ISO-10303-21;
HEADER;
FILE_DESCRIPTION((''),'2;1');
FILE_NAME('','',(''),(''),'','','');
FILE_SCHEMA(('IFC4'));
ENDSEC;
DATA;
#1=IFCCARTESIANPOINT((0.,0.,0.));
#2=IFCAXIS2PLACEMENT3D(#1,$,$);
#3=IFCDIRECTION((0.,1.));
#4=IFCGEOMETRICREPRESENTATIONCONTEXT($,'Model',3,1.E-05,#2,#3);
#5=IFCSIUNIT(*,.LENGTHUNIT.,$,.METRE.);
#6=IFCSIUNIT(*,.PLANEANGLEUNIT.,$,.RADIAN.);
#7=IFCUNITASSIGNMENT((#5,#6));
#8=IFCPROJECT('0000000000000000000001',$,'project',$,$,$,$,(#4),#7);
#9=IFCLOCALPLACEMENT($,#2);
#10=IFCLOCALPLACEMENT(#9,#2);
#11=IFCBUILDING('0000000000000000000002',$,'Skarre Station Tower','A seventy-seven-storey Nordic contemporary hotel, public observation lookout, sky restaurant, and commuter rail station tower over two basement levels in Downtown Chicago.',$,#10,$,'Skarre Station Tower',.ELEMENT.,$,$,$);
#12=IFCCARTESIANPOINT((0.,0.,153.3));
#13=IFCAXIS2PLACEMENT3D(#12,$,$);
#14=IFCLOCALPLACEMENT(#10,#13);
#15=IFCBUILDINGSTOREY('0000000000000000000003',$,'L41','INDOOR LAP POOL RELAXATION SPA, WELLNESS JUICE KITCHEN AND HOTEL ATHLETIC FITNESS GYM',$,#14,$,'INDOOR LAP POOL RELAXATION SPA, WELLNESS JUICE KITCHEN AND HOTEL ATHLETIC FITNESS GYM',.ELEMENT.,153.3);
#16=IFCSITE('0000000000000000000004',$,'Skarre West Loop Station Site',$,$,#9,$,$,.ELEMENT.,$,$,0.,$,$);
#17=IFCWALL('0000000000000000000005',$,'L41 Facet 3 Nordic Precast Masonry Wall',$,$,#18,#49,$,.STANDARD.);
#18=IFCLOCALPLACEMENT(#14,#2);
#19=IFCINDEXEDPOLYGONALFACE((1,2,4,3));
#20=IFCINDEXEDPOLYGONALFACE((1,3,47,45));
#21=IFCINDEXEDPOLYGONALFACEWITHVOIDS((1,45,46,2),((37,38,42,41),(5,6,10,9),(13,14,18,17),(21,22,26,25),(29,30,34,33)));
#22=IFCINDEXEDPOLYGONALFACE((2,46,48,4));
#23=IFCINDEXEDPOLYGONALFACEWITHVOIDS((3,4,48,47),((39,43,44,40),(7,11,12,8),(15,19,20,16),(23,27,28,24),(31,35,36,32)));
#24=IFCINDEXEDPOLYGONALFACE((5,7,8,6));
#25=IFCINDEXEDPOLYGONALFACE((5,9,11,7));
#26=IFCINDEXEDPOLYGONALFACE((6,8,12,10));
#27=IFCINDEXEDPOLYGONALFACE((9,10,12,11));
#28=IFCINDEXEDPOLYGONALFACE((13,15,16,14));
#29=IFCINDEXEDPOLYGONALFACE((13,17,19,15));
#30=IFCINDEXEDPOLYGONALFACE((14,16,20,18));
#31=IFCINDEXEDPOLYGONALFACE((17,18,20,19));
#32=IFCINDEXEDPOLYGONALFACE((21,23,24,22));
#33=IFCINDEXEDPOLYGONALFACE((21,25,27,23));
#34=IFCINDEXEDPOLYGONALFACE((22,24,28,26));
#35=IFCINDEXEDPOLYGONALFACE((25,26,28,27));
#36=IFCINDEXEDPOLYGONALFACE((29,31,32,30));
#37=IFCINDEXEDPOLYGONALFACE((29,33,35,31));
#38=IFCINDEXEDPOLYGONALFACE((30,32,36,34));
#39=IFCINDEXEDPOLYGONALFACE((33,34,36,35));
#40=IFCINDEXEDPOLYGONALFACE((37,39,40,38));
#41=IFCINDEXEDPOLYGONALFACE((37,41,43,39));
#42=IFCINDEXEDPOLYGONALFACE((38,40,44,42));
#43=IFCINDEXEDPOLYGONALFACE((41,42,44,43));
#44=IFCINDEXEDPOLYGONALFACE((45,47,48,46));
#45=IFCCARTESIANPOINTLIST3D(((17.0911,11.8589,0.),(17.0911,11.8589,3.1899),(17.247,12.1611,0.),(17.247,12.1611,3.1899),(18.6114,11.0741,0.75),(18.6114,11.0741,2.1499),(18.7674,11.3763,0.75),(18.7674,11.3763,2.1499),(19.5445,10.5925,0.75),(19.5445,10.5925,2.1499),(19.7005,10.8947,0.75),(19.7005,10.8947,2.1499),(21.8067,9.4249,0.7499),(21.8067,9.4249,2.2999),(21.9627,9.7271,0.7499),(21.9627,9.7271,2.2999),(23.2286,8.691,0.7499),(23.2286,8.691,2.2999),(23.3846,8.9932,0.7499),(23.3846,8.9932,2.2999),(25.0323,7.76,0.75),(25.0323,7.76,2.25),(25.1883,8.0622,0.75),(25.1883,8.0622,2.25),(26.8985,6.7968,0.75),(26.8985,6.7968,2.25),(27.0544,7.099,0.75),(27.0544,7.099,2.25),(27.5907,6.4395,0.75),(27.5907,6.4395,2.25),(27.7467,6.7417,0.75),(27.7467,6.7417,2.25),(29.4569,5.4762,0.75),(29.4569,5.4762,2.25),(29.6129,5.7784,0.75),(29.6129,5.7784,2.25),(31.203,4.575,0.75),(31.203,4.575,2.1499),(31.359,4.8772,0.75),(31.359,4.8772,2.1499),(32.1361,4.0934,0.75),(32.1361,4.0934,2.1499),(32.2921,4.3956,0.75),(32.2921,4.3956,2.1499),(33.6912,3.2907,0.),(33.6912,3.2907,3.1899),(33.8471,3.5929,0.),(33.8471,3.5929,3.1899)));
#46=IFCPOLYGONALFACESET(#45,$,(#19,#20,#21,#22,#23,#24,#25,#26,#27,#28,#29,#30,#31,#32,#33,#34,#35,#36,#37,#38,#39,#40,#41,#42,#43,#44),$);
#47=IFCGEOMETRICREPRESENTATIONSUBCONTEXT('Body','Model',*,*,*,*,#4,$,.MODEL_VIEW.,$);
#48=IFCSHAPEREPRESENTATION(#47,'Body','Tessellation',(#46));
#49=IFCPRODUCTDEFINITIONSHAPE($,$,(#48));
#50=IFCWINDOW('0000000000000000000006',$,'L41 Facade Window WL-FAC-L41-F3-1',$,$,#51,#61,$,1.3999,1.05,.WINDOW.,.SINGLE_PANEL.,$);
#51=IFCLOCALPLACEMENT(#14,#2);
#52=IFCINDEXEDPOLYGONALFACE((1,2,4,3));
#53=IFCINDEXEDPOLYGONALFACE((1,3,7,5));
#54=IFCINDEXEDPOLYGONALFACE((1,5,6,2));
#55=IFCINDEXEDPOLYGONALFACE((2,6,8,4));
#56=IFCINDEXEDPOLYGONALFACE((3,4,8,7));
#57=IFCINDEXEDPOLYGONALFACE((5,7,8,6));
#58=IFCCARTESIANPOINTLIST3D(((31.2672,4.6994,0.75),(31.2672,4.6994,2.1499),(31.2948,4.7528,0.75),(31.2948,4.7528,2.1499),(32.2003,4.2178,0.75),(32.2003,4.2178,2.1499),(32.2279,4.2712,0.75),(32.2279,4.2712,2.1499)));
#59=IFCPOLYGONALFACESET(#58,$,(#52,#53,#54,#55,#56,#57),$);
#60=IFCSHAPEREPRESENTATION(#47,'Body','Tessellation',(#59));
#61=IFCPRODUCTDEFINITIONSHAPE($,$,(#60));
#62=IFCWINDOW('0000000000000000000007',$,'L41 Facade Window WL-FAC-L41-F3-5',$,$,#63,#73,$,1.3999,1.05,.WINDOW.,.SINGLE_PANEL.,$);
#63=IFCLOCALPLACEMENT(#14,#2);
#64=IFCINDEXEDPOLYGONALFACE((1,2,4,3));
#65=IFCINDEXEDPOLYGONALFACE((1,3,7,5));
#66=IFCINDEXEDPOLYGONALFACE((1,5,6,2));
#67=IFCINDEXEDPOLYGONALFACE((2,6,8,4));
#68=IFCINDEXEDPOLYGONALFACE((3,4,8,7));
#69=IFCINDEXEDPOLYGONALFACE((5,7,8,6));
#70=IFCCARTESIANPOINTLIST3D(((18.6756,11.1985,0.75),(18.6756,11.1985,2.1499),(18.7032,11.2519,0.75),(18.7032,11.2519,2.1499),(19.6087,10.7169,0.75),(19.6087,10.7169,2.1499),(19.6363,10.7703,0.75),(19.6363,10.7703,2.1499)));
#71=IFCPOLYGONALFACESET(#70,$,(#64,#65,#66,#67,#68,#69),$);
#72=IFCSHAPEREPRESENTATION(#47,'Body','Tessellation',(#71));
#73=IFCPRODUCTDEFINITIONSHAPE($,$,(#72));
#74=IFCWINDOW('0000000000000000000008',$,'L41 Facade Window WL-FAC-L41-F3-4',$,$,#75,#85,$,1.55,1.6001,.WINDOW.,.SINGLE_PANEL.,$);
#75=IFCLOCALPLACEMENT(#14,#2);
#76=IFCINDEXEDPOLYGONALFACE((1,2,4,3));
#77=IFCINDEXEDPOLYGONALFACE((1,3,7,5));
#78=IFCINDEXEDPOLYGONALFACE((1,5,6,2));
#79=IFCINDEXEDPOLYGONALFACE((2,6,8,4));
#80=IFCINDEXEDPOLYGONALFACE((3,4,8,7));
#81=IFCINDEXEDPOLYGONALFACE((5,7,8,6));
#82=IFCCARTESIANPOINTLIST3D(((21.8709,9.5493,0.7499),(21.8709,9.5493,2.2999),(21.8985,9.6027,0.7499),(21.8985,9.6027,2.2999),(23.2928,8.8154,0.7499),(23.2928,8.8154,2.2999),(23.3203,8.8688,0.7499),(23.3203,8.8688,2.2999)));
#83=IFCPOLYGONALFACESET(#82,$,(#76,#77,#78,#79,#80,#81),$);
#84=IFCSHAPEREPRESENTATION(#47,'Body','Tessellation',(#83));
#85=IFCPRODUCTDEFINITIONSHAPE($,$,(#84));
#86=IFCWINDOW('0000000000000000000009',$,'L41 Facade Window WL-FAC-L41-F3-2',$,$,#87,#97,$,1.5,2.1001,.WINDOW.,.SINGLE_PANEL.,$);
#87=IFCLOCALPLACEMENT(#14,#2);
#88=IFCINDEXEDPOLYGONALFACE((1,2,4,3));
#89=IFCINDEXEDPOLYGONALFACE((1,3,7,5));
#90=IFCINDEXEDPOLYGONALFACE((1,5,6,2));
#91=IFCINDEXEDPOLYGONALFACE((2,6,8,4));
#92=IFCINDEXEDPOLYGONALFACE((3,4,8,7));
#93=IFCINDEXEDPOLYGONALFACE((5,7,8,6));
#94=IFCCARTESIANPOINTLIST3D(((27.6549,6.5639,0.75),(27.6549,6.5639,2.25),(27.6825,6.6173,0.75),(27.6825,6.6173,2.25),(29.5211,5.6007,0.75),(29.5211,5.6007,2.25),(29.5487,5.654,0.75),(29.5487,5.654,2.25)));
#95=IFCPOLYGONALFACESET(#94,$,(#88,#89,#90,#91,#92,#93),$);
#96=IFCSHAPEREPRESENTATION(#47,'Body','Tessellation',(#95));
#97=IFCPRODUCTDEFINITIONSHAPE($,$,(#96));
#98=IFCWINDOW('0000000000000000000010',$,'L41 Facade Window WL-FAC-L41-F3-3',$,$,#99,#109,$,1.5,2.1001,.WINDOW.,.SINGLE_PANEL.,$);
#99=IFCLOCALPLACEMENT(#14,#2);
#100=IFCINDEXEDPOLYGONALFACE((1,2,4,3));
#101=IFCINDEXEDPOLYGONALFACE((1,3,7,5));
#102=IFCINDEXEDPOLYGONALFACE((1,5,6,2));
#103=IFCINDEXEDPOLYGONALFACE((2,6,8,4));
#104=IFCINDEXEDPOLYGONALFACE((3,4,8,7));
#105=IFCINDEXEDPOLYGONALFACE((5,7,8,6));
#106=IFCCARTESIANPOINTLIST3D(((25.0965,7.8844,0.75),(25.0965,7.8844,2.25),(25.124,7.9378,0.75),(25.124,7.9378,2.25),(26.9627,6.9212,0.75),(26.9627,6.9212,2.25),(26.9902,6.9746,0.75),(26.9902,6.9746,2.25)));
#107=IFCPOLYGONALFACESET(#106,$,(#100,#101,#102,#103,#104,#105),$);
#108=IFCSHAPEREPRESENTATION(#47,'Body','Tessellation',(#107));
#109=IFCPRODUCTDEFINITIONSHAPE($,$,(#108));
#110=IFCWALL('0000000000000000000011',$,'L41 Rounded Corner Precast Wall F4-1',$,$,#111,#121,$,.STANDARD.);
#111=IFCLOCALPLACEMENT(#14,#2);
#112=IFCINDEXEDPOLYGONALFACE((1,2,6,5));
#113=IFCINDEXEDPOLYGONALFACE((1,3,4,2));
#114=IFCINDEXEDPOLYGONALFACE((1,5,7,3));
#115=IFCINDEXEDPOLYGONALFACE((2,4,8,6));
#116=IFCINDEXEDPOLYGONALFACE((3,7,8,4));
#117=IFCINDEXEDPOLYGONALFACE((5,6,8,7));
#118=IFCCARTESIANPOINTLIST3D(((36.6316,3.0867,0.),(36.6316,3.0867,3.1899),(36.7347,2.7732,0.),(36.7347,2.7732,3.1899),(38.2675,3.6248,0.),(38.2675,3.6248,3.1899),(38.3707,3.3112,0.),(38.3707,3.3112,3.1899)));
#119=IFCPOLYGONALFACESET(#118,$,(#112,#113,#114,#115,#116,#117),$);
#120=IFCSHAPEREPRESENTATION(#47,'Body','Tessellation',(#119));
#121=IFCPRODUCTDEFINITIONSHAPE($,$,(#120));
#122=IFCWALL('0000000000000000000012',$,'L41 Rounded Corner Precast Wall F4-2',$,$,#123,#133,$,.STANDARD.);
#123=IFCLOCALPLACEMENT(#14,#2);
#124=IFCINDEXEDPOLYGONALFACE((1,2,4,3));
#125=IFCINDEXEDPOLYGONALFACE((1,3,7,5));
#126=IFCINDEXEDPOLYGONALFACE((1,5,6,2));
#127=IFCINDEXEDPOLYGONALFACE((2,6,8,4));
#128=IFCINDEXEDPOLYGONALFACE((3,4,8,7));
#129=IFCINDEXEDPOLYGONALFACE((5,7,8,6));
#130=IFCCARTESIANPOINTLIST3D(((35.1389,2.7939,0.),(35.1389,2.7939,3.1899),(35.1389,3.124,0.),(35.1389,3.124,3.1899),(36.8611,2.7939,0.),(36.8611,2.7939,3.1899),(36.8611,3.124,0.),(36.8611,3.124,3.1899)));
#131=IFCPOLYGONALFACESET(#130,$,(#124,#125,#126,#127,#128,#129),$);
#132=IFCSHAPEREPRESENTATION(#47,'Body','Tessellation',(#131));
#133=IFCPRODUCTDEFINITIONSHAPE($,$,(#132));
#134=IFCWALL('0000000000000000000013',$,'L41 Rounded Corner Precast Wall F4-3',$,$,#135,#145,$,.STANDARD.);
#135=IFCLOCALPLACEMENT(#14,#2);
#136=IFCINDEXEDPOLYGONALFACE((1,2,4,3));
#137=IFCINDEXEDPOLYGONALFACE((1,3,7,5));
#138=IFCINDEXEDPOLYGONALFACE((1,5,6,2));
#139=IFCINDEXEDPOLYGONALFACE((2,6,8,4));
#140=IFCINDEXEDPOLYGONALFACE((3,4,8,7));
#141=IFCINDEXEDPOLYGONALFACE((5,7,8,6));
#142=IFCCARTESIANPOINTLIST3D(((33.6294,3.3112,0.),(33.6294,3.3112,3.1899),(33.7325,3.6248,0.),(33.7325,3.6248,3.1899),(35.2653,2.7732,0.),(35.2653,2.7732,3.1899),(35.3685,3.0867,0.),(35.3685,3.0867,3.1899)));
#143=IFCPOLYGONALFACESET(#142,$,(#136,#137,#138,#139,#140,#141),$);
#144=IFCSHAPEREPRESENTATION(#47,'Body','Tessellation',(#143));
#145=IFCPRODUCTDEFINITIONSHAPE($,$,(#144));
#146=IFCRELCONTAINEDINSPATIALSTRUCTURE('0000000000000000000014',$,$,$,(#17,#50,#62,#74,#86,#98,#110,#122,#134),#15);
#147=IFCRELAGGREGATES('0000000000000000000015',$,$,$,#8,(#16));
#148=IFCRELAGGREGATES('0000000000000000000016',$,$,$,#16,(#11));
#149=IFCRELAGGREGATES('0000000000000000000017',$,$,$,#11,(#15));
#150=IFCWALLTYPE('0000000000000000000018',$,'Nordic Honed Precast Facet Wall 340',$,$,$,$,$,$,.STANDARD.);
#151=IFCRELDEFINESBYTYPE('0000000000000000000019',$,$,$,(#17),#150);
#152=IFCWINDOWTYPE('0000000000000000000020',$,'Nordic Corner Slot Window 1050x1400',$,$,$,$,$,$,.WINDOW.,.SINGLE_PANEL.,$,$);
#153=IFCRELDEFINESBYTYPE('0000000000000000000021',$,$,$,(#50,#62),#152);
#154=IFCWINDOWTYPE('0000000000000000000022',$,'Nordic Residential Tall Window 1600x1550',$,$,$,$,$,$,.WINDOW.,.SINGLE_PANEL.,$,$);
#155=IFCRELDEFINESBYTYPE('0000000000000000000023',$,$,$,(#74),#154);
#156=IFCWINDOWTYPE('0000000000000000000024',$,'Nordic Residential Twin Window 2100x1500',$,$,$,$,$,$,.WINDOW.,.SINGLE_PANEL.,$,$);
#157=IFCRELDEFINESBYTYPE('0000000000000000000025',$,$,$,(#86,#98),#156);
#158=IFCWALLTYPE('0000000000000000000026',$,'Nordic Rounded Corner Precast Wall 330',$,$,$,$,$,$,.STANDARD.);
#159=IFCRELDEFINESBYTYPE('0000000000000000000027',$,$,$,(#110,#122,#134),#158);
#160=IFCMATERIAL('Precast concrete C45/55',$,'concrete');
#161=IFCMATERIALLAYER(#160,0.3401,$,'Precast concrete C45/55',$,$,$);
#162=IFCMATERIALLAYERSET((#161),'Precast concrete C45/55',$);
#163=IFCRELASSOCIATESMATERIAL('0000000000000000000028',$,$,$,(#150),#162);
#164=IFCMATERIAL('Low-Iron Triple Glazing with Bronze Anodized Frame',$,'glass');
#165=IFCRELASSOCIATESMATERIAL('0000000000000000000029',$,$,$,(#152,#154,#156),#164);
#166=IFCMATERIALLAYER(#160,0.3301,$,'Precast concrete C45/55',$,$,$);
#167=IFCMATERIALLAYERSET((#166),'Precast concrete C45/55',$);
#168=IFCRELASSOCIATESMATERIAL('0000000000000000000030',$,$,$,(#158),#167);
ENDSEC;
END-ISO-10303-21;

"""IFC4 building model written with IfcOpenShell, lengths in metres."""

from ifc_helpers import new_model, si_unit, direction, frame, frame_2d, origin, place, context, subcontext, project, spatial, rectangle, extrude, material, layer, layer_set, type_object, element, fill, save


model = new_model("IFC4")

# Units and contexts
model_context = context("Model", 3, precision=1e-05, world=origin(), true_north=direction((0.0, 1.0)))
body_context = subcontext(model_context, "Body", "Model", "MODEL_VIEW")
ifc_project = project(units=[si_unit("LENGTHUNIT", "METRE"), si_unit("PLANEANGLEUNIT", "RADIAN")], contexts=[model_context])

# Site, building, storey
site_placement = place(None, origin())
site = spatial("IfcSite", under=ifc_project, at=site_placement, Name="Skarre West Loop Station Site", CompositionType="ELEMENT", RefElevation=0.0)
building_placement = place(site_placement, origin())
building = spatial("IfcBuilding", under=site, at=building_placement, Name="Skarre Station Tower", Description="A seventy-seven-storey Nordic contemporary hotel, public observation lookout, sky restaurant, and commuter rail station tower over two basement levels in Downtown Chicago.", LongName="Skarre Station Tower", CompositionType="ELEMENT")
storey_placement = place(building_placement, frame((0.0, 0.0, 153.3)))
storey = spatial("IfcBuildingStorey", under=building, at=storey_placement, Name="L41", Description="INDOOR LAP POOL RELAXATION SPA, WELLNESS JUICE KITCHEN AND HOTEL ATHLETIC FITNESS GYM", LongName="INDOOR LAP POOL RELAXATION SPA, WELLNESS JUICE KITCHEN AND HOTEL ATHLETIC FITNESS GYM", CompositionType="ELEMENT", Elevation=153.3)

# Wall, openings, windows
ifc_material_1 = material(Name="Precast concrete C45/55", Category="concrete")
ifc_layer_1 = layer(ifc_material_1, 0.3401, Name="Precast concrete C45/55")
ifc_layer_set_1 = layer_set([ifc_layer_1], Name="Precast concrete C45/55")
wall_type_1 = type_object("IfcWallType", Name="Nordic Honed Precast Facet Wall 340", PredefinedType="STANDARD", material=ifc_layer_set_1)
wall_1_placement = place(storey_placement, frame((33.769, 3.4419, 0.0), z_axis=(0.0, 0.0, 1.0), x_axis=(-0.888614, 0.458657, 0.0)))
wall_1 = element("IfcWall", 1, at=wall_1_placement, inside=storey, type_object=wall_type_1, Name="L41 Facet 3 Nordic Precast Masonry Wall", PredefinedType="STANDARD", context=body_context, shape_type="SweptSolid", body=[
    extrude(rectangle(XDim=18.6809, YDim=0.3401, at=frame_2d((9.3403, 0.0))), origin(), (0.0, 0.0, 1.0), 3.1899),
])
opening_1_placement = place(wall_1_placement, frame((1.75, 0.0, 0.75)))
opening_1 = element("IfcOpeningElement", 2, at=opening_1_placement, cuts=wall_1, PredefinedType="OPENING", context=body_context, shape_type="SweptSolid", body=[
    extrude(rectangle(XDim=1.05, YDim=1.3999, at=frame_2d((0.5249, 0.7))), frame((0.0, 0.1799, 0.0), z_axis=(0.0, -1.0, 0.0), x_axis=(1.0, 0.0, 0.0)), (0.0, 0.0, 1.0), 0.3601),
])
opening_2_placement = place(wall_1_placement, frame((4.7649, 0.0, 0.75)))
opening_2 = element("IfcOpeningElement", 3, at=opening_2_placement, cuts=wall_1, PredefinedType="OPENING", context=body_context, shape_type="SweptSolid", body=[
    extrude(rectangle(XDim=2.1001, YDim=1.5, at=frame_2d((1.05, 0.75))), frame((0.0, 0.1799, 0.0), z_axis=(0.0, -1.0, 0.0), x_axis=(1.0, 0.0, 0.0)), (0.0, 0.0, 1.0), 0.3601),
])
opening_3_placement = place(wall_1_placement, frame((7.644, 0.0, 0.75)))
opening_3 = element("IfcOpeningElement", 4, at=opening_3_placement, cuts=wall_1, PredefinedType="OPENING", context=body_context, shape_type="SweptSolid", body=[
    extrude(rectangle(XDim=2.1001, YDim=1.5, at=frame_2d((1.05, 0.75))), frame((0.0, 0.1799, 0.0), z_axis=(0.0, -1.0, 0.0), x_axis=(1.0, 0.0, 0.0)), (0.0, 0.0, 1.0), 0.3601),
])
opening_4_placement = place(wall_1_placement, frame((11.7739, 0.0, 0.75)))
opening_4 = element("IfcOpeningElement", 5, at=opening_4_placement, cuts=wall_1, PredefinedType="OPENING", context=body_context, shape_type="SweptSolid", body=[
    extrude(rectangle(XDim=1.6001, YDim=1.55, at=frame_2d((0.8, 0.7749))), frame((0.0, 0.1799, 0.0), z_axis=(0.0, -1.0, 0.0), x_axis=(1.0, 0.0, 0.0)), (0.0, 0.0, 1.0), 0.3601),
])
opening_5_placement = place(wall_1_placement, frame((15.9199, 0.0, 0.75)))
opening_5 = element("IfcOpeningElement", 6, at=opening_5_placement, cuts=wall_1, PredefinedType="OPENING", context=body_context, shape_type="SweptSolid", body=[
    extrude(rectangle(XDim=1.05, YDim=1.3999, at=frame_2d((0.5249, 0.7))), frame((0.0, 0.1799, 0.0), z_axis=(0.0, -1.0, 0.0), x_axis=(1.0, 0.0, 0.0)), (0.0, 0.0, 1.0), 0.3601),
])
ifc_material_2 = material(Name="Low-Iron Triple Glazing with Bronze Anodized Frame", Category="glass")
window_type_1 = type_object("IfcWindowType", Name="Nordic Corner Slot Window 1050x1400", PartitioningType="SINGLE_PANEL", PredefinedType="WINDOW", material=ifc_material_2)
window_1_placement = place(opening_1_placement, origin())
window_1 = element("IfcWindow", 7, at=window_1_placement, inside=storey, type_object=window_type_1, Name="L41 Facade Window WL-FAC-L41-F3-1", OverallHeight=1.3999, OverallWidth=1.05, PartitioningType="SINGLE_PANEL", PredefinedType="WINDOW", context=body_context, shape_type="SweptSolid", body=[
    extrude(rectangle(XDim=1.05, YDim=1.3999, at=frame_2d((0.5249, 0.7))), frame((0.0, 0.03, 0.0), z_axis=(0.0, -1.0, 0.0), x_axis=(1.0, 0.0, 0.0)), (0.0, 0.0, 1.0), 0.0601),
])
fill(opening_1, window_1)
window_2_placement = place(opening_5_placement, origin())
window_2 = element("IfcWindow", 8, at=window_2_placement, inside=storey, type_object=window_type_1, Name="L41 Facade Window WL-FAC-L41-F3-5", OverallHeight=1.3999, OverallWidth=1.05, PartitioningType="SINGLE_PANEL", PredefinedType="WINDOW", context=body_context, shape_type="SweptSolid", body=[
    extrude(rectangle(XDim=1.05, YDim=1.3999, at=frame_2d((0.5249, 0.7))), frame((0.0, 0.03, 0.0), z_axis=(0.0, -1.0, 0.0), x_axis=(1.0, 0.0, 0.0)), (0.0, 0.0, 1.0), 0.0601),
])
fill(opening_5, window_2)
window_type_2 = type_object("IfcWindowType", Name="Nordic Residential Tall Window 1600x1550", PartitioningType="SINGLE_PANEL", PredefinedType="WINDOW", material=ifc_material_2)
window_3_placement = place(opening_4_placement, origin())
window_3 = element("IfcWindow", 9, at=window_3_placement, inside=storey, type_object=window_type_2, Name="L41 Facade Window WL-FAC-L41-F3-4", OverallHeight=1.55, OverallWidth=1.6001, PartitioningType="SINGLE_PANEL", PredefinedType="WINDOW", context=body_context, shape_type="SweptSolid", body=[
    extrude(rectangle(XDim=1.6001, YDim=1.55, at=frame_2d((0.8, 0.7749))), frame((0.0, 0.03, 0.0), z_axis=(0.0, -1.0, 0.0), x_axis=(1.0, 0.0, 0.0)), (0.0, 0.0, 1.0), 0.0601),
])
fill(opening_4, window_3)
window_type_3 = type_object("IfcWindowType", Name="Nordic Residential Twin Window 2100x1500", PartitioningType="SINGLE_PANEL", PredefinedType="WINDOW", material=ifc_material_2)
window_4_placement = place(opening_2_placement, origin())
window_4 = element("IfcWindow", 10, at=window_4_placement, inside=storey, type_object=window_type_3, Name="L41 Facade Window WL-FAC-L41-F3-2", OverallHeight=1.5, OverallWidth=2.1001, PartitioningType="SINGLE_PANEL", PredefinedType="WINDOW", context=body_context, shape_type="SweptSolid", body=[
    extrude(rectangle(XDim=2.1001, YDim=1.5, at=frame_2d((1.05, 0.75))), frame((0.0, 0.03, 0.0), z_axis=(0.0, -1.0, 0.0), x_axis=(1.0, 0.0, 0.0)), (0.0, 0.0, 1.0), 0.0601),
])
fill(opening_2, window_4)
window_5_placement = place(opening_3_placement, origin())
window_5 = element("IfcWindow", 11, at=window_5_placement, inside=storey, type_object=window_type_3, Name="L41 Facade Window WL-FAC-L41-F3-3", OverallHeight=1.5, OverallWidth=2.1001, PartitioningType="SINGLE_PANEL", PredefinedType="WINDOW", context=body_context, shape_type="SweptSolid", body=[
    extrude(rectangle(XDim=2.1001, YDim=1.5, at=frame_2d((1.05, 0.75))), frame((0.0, 0.03, 0.0), z_axis=(0.0, -1.0, 0.0), x_axis=(1.0, 0.0, 0.0)), (0.0, 0.0, 1.0), 0.0601),
])
fill(opening_3, window_5)

# Walls
ifc_layer_2 = layer(ifc_material_1, 0.3301, Name="Precast concrete C45/55")
ifc_layer_set_2 = layer_set([ifc_layer_2], Name="Precast concrete C45/55")
wall_type_2 = type_object("IfcWallType", Name="Nordic Rounded Corner Precast Wall 330", PredefinedType="STANDARD", material=ifc_layer_set_2)
for number, where, z_axis, x_axis, name in (
    (12, (38.3191, 3.468, 0.0), (0.0, 0.0, 1.0), (-0.949937, -0.31244, 0.0), "L41 Rounded Corner Precast Wall F4-1"),
    (13, (36.8611, 2.959, 0.0), (0.0, 0.0, 1.0), (-1.0, 0.0, 0.0), "L41 Rounded Corner Precast Wall F4-2"),
    (14, (35.3169, 2.9299, 0.0), (0.0, 0.0, 1.0), (-0.949937, 0.31244, 0.0), "L41 Rounded Corner Precast Wall F4-3"),
):
    element("IfcWall", number, at=place(storey_placement, frame(where, z_axis=z_axis, x_axis=x_axis)), inside=storey, type_object=wall_type_2, Name=name, PredefinedType="STANDARD", context=body_context, shape_type="SweptSolid", body=[
        extrude(rectangle(XDim=1.7222, YDim=0.3301, at=frame_2d((0.8611, 0.0))), origin(), (0.0, 0.0, 1.0), 3.1899),
    ])

save(model, "model.ifc")
